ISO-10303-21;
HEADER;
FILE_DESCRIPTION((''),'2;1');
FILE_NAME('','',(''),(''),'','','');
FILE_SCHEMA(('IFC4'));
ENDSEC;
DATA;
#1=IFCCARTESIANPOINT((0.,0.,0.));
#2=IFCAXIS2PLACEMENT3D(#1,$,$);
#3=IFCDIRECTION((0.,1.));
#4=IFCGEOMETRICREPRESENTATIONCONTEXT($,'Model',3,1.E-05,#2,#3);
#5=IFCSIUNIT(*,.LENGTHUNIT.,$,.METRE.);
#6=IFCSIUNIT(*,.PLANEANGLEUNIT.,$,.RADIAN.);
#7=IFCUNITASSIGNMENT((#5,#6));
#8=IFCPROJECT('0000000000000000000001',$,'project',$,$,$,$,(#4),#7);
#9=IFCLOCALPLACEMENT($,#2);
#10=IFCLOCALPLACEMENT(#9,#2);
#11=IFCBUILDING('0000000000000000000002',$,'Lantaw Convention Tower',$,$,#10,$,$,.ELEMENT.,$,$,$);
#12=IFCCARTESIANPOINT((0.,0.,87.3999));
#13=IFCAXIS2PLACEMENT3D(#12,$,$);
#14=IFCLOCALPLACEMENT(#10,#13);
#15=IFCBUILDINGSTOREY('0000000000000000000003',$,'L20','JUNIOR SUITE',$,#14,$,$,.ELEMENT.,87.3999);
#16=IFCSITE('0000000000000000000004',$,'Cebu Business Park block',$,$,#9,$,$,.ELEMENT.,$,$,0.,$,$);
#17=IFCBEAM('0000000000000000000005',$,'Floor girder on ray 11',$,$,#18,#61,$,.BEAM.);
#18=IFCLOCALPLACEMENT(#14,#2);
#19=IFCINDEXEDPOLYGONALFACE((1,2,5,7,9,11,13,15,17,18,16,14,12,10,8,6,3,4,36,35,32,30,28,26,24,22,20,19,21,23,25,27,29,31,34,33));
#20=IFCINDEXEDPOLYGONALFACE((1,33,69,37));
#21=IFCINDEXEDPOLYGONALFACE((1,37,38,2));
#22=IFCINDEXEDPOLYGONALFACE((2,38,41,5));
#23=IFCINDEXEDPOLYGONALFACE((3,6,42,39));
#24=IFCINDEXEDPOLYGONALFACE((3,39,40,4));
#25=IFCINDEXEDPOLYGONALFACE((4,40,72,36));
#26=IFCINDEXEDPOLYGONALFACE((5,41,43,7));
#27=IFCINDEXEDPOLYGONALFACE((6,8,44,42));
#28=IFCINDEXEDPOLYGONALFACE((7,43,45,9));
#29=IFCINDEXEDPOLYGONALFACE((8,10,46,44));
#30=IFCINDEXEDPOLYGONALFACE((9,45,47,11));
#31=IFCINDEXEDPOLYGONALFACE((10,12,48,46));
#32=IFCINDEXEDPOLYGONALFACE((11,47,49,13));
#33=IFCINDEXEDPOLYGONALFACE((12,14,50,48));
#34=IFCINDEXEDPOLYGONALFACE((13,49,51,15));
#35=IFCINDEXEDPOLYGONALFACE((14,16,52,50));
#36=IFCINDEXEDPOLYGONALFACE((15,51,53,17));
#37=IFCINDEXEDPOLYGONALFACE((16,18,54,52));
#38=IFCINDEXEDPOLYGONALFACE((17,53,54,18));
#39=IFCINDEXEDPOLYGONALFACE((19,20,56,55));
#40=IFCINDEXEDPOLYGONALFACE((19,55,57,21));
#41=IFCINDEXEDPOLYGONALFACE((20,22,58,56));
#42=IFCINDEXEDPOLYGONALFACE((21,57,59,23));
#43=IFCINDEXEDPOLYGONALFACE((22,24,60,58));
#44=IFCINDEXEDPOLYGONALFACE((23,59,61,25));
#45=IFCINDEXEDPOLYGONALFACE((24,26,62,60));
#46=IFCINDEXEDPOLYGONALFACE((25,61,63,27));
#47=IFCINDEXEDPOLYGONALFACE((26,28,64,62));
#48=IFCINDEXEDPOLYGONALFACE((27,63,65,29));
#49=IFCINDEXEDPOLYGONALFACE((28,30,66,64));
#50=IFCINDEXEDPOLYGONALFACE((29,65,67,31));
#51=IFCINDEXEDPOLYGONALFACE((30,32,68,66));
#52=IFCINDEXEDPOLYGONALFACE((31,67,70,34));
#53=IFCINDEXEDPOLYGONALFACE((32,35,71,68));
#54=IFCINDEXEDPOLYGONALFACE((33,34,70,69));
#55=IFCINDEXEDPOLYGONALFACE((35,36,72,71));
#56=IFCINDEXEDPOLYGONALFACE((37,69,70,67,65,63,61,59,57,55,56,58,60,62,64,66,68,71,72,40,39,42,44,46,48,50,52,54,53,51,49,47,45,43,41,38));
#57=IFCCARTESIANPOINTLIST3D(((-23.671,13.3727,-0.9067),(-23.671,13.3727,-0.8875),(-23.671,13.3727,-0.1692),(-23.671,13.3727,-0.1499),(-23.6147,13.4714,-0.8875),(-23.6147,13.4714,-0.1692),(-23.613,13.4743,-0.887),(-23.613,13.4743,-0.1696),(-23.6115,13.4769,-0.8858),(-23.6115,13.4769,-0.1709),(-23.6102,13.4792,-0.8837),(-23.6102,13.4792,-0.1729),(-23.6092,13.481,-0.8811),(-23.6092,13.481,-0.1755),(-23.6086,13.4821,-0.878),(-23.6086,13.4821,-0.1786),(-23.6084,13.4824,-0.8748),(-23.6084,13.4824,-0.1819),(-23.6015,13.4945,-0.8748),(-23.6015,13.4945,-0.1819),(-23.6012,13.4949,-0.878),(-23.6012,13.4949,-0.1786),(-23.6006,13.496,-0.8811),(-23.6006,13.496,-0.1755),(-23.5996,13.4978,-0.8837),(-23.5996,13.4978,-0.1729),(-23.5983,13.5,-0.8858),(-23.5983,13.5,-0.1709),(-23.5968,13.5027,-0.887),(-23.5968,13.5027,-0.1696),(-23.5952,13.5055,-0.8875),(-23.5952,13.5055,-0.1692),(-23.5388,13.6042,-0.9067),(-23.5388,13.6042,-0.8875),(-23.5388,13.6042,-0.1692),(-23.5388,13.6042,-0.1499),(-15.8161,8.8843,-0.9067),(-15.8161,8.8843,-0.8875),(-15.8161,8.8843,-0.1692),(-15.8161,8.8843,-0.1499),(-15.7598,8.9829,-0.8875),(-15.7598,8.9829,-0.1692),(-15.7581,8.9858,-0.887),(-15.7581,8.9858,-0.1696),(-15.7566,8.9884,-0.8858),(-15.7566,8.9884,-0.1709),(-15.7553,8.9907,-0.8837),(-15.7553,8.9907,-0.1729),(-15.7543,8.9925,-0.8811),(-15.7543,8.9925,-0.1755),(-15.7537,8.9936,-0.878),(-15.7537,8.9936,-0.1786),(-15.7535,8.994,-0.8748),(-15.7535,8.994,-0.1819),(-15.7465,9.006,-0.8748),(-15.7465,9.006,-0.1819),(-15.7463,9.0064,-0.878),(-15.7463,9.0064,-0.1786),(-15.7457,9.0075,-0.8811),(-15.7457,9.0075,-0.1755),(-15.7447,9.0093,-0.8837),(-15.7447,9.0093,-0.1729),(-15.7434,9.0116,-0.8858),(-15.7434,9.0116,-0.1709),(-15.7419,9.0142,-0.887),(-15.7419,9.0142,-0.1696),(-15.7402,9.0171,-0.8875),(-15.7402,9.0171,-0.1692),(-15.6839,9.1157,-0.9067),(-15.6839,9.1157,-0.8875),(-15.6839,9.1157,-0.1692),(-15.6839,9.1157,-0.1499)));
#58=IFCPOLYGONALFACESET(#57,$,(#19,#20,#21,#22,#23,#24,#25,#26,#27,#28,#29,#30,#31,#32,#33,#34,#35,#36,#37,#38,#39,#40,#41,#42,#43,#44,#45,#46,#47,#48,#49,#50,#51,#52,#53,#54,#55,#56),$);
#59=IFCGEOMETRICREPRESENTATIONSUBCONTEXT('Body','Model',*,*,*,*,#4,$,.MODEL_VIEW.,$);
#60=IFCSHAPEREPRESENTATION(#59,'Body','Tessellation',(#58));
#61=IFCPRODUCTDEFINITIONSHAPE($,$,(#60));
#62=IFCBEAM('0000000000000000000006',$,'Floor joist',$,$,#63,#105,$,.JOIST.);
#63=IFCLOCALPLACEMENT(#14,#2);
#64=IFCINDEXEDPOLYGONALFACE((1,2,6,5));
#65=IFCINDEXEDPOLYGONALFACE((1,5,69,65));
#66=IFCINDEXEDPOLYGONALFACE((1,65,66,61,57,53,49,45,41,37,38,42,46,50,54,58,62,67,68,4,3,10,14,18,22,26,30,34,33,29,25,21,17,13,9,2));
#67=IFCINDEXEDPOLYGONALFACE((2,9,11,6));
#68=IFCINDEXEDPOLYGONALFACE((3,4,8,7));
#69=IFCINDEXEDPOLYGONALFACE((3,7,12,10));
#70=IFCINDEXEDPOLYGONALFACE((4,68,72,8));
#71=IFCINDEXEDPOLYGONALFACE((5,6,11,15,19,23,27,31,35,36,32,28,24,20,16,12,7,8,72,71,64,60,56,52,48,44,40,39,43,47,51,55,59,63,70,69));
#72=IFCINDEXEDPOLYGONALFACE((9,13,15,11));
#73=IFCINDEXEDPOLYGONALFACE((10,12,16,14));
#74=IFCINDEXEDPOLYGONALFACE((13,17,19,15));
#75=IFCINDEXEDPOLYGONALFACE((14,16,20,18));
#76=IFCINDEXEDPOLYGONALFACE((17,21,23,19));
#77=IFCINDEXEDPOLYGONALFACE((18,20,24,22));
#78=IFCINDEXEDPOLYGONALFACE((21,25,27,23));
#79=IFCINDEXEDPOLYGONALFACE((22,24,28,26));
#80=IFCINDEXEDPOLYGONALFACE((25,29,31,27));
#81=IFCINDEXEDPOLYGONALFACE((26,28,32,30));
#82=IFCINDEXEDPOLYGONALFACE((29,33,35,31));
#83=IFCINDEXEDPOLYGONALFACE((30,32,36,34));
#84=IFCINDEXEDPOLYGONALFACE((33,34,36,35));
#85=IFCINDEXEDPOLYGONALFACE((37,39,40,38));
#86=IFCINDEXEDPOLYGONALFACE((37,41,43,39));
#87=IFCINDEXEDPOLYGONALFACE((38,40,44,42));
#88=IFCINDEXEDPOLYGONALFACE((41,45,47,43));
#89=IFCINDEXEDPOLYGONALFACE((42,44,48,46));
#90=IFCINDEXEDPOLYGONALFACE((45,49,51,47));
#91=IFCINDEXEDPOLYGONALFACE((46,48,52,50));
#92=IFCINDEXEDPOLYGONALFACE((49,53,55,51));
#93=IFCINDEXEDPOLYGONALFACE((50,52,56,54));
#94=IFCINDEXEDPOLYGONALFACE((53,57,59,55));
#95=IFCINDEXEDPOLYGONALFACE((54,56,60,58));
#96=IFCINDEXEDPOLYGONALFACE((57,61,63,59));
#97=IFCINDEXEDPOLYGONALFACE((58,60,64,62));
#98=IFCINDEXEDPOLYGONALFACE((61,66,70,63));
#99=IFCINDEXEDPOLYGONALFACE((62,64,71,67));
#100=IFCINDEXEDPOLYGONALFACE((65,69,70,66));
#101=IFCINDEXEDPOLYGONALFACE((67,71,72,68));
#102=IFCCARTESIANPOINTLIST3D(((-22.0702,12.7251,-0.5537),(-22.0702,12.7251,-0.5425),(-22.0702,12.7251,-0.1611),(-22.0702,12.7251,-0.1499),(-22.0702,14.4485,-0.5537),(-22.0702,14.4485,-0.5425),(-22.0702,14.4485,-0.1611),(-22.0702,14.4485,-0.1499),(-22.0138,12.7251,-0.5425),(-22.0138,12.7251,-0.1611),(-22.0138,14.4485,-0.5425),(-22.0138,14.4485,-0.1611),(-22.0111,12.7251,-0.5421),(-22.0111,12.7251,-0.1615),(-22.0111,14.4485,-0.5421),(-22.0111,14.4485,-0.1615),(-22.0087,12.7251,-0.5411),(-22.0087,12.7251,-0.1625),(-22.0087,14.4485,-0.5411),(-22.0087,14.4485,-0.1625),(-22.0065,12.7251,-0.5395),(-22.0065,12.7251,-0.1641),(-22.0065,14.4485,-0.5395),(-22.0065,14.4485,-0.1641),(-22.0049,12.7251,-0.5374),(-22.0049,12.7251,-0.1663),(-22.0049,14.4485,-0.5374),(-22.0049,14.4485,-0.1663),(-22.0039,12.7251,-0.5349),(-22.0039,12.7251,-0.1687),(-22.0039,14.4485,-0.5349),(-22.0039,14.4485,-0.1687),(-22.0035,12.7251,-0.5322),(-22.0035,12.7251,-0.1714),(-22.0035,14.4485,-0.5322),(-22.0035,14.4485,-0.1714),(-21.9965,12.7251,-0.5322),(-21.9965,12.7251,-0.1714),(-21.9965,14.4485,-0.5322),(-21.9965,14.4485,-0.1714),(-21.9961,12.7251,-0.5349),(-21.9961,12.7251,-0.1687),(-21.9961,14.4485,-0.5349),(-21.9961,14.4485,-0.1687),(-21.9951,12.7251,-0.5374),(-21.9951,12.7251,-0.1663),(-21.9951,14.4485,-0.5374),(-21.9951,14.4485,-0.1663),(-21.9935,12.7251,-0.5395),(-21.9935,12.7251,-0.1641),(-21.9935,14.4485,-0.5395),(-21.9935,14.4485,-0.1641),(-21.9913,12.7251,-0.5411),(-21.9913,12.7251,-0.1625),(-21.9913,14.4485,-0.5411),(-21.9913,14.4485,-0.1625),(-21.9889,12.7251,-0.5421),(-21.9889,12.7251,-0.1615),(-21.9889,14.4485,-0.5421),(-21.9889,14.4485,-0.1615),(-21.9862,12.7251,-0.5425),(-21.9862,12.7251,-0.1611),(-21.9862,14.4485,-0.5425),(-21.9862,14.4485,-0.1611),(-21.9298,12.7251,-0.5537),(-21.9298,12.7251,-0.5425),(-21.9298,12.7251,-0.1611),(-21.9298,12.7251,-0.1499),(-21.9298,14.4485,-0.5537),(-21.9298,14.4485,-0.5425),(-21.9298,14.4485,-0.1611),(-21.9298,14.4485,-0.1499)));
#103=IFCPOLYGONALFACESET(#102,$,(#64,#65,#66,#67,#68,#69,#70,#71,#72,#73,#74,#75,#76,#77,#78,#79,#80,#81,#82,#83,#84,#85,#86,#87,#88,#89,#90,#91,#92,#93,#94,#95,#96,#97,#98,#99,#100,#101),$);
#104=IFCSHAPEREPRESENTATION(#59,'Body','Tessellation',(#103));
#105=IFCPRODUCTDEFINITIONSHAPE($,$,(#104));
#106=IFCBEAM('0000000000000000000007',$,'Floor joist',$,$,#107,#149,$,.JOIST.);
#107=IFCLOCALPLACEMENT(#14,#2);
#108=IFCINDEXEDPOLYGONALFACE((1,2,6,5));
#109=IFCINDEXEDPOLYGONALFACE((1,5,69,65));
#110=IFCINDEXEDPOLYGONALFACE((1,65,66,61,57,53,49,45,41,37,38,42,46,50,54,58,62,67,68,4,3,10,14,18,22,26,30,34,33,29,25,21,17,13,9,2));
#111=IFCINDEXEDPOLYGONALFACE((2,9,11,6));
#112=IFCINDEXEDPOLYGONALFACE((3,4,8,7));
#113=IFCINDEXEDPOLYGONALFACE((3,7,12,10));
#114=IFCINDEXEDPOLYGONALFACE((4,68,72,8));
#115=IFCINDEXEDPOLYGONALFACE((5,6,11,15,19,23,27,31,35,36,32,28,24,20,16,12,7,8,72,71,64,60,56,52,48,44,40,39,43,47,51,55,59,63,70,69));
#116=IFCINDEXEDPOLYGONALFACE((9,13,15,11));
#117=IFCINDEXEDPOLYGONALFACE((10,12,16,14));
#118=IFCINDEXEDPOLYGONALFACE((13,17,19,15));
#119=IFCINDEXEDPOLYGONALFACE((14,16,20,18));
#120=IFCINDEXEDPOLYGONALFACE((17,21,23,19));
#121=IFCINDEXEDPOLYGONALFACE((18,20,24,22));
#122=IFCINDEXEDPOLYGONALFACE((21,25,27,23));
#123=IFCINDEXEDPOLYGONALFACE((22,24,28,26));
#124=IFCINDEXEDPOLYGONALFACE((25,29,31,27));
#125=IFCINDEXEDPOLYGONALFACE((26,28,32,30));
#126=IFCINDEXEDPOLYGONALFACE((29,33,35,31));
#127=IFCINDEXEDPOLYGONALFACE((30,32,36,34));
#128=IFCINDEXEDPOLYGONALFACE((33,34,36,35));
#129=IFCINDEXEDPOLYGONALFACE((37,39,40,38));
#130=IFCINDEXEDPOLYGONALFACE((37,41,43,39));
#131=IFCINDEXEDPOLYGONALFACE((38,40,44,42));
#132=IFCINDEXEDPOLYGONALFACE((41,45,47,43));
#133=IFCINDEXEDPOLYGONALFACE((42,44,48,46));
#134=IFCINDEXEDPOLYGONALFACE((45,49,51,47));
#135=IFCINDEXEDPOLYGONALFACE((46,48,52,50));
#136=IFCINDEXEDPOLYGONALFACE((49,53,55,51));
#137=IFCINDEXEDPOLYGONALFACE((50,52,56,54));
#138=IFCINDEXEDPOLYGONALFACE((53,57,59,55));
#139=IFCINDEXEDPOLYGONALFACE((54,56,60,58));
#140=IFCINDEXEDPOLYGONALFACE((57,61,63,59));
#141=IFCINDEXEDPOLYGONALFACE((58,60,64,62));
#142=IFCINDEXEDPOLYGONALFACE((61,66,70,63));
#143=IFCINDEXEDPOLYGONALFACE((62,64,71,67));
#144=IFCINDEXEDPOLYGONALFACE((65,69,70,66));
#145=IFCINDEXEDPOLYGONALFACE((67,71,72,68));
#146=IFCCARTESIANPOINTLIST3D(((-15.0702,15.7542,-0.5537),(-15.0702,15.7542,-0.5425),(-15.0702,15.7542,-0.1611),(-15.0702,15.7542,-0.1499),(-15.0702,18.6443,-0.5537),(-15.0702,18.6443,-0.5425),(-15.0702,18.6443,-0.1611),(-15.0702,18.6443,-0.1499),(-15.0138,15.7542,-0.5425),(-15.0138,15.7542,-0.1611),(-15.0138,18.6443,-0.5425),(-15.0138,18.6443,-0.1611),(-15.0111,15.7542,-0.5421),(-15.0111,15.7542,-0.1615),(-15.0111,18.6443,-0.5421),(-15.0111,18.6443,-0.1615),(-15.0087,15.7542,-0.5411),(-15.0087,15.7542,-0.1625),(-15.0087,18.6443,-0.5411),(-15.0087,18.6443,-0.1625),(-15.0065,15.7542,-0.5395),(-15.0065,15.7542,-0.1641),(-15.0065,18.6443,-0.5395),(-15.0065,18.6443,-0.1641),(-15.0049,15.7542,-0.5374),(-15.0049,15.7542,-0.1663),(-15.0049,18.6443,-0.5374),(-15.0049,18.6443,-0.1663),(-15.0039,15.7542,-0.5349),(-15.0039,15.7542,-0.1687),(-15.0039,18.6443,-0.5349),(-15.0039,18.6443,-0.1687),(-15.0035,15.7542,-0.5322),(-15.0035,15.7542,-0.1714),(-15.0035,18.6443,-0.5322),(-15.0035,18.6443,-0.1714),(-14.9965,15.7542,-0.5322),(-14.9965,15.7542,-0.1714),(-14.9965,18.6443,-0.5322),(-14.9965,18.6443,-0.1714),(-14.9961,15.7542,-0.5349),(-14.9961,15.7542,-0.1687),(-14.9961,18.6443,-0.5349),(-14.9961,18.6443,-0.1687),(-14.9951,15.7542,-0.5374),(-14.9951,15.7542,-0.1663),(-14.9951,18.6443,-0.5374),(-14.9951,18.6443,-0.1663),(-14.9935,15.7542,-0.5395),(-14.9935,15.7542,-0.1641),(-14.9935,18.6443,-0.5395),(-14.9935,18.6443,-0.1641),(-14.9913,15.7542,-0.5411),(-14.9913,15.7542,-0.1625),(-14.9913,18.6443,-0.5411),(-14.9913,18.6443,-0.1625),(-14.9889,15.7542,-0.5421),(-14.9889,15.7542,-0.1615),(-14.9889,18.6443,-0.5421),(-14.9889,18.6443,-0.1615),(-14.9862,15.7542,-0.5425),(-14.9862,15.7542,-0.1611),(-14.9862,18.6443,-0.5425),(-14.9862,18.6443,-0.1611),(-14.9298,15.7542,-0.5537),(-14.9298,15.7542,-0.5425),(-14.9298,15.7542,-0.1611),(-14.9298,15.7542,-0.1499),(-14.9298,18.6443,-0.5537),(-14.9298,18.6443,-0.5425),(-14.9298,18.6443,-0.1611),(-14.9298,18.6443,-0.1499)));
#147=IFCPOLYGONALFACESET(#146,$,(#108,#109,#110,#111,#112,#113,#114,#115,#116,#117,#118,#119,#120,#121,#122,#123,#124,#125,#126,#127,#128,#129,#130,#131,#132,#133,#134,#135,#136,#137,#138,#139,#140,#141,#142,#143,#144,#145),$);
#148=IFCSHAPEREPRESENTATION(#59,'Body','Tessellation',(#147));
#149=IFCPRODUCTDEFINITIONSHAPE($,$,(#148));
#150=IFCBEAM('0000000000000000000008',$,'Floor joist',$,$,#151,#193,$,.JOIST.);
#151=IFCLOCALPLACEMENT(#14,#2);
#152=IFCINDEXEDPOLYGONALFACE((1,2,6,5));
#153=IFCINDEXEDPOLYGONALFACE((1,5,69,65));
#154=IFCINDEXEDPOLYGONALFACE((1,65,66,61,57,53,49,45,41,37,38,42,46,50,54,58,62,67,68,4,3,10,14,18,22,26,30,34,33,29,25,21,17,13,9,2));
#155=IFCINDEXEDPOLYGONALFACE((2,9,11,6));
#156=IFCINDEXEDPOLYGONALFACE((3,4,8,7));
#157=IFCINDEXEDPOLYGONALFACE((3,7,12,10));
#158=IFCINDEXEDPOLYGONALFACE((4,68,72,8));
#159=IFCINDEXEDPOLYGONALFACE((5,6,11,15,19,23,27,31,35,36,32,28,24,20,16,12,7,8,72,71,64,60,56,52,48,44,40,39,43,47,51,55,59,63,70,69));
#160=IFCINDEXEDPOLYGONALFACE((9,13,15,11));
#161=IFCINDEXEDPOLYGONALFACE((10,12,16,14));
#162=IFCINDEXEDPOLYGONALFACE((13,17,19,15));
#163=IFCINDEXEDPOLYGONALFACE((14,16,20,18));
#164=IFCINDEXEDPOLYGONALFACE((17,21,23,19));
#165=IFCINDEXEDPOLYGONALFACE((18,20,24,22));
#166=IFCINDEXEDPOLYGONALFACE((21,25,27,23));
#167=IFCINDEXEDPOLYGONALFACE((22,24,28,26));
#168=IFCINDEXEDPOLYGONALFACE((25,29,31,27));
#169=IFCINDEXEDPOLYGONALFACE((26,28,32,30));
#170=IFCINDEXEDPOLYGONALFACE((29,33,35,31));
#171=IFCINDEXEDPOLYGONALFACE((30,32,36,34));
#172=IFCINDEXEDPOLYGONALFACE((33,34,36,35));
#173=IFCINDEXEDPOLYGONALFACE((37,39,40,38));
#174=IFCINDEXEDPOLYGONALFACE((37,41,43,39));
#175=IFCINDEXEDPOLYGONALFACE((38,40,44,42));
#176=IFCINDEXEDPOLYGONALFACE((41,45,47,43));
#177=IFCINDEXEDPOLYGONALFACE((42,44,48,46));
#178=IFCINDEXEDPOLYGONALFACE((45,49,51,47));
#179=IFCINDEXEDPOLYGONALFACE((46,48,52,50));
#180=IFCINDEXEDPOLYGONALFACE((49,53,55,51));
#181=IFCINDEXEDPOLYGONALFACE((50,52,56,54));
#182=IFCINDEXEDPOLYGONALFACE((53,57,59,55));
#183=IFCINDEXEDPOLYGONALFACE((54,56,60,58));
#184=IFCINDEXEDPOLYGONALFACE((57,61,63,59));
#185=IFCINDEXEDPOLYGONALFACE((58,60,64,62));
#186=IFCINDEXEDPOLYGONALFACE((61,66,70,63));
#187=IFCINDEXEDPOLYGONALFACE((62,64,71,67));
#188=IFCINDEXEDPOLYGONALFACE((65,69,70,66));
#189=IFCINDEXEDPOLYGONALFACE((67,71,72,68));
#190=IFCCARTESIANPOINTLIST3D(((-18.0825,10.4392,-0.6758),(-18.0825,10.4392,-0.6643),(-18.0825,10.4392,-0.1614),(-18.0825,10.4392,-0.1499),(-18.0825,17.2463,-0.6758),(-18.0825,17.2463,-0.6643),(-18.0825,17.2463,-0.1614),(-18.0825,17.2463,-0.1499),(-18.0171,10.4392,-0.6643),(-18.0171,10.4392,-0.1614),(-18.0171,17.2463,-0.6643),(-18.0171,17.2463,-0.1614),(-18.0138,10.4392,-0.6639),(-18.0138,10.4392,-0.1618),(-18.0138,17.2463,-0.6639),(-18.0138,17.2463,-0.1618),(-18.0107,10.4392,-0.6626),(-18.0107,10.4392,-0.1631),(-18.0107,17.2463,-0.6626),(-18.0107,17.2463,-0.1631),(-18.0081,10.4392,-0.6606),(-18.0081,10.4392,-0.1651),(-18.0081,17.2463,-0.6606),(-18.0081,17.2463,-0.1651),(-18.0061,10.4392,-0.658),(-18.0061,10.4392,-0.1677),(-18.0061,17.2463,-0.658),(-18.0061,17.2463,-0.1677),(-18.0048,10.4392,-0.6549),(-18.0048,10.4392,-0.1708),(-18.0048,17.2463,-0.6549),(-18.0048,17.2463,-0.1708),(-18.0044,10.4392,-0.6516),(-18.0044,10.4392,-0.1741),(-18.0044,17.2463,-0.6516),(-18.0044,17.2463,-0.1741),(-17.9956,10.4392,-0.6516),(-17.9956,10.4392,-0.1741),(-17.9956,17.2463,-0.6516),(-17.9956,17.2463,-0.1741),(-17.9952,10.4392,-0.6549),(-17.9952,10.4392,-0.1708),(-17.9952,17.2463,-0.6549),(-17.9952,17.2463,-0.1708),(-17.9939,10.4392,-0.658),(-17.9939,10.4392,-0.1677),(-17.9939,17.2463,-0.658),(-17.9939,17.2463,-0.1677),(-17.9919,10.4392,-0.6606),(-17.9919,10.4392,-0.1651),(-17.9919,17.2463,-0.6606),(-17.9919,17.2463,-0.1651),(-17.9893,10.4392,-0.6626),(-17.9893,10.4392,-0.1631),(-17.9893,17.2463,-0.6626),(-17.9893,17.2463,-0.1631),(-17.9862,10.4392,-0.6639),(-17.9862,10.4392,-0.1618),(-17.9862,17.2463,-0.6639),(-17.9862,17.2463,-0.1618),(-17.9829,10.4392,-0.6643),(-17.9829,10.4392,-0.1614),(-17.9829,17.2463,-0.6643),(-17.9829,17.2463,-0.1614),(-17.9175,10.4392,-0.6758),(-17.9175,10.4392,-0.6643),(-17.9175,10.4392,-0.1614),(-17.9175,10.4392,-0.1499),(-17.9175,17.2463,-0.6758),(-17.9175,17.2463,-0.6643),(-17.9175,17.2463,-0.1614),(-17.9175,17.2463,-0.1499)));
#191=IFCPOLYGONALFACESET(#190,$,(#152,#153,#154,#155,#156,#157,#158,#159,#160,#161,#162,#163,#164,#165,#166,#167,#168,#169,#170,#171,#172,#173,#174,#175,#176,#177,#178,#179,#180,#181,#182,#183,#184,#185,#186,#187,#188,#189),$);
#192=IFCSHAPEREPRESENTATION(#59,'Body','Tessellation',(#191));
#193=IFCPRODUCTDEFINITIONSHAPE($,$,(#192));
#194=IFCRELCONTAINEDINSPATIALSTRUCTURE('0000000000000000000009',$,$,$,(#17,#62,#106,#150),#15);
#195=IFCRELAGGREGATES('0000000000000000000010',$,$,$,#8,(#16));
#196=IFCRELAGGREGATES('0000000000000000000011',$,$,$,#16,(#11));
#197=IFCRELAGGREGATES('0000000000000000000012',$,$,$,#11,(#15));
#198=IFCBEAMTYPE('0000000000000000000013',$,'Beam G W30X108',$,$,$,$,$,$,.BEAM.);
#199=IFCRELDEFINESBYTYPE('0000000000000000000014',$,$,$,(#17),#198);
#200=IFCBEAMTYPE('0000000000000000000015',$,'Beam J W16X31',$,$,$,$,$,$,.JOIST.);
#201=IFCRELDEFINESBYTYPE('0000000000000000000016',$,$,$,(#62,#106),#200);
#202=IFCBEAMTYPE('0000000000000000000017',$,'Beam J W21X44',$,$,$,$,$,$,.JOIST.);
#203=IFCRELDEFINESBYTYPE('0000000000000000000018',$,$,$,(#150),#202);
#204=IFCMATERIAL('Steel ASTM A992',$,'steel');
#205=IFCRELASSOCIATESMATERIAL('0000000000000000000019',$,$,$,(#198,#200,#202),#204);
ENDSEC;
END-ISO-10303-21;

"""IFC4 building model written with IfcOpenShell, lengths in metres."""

from ifc_helpers import new_model, si_unit, direction, frame, origin, origin_2d, place, context, subcontext, project, spatial, i_section, extrude, material, material_profile, profile_set, type_object, element, save


model = new_model("IFC4")

# Units and contexts
model_context = context("Model", 3, precision=1e-05, world=origin(), true_north=direction((0.0, 1.0)))
body_context = subcontext(model_context, "Body", "Model", "MODEL_VIEW")
ifc_project = project(units=[si_unit("LENGTHUNIT", "METRE"), si_unit("PLANEANGLEUNIT", "RADIAN")], contexts=[model_context])

# Site, building, storey
site_placement = place(None, origin())
site = spatial("IfcSite", under=ifc_project, at=site_placement, Name="Cebu Business Park block", CompositionType="ELEMENT", RefElevation=0.0)
building_placement = place(site_placement, origin())
building = spatial("IfcBuilding", under=site, at=building_placement, Name="Lantaw Convention Tower", CompositionType="ELEMENT")
storey_placement = place(building_placement, frame((0.0, 0.0, 87.3999)))
storey = spatial("IfcBuildingStorey", under=building, at=storey_placement, Name="L20", Description="JUNIOR SUITE", CompositionType="ELEMENT", Elevation=87.3999)

# Beams
ifc_material_1 = material(Name="Steel ASTM A992", Category="steel")
ifc_material_profile_1 = material_profile(ifc_material_1, i_section(OverallWidth=0.2666, OverallDepth=0.7568, WebThickness=0.0139, FlangeThickness=0.0193, FilletRadius=0.0127, at=origin_2d()), Name="W30X108")
ifc_profile_set_1 = profile_set([ifc_material_profile_1], Name="Steel ASTM A992")
beam_type_1 = type_object("IfcBeamType", Name="Beam G W30X108", PredefinedType="BEAM", material=ifc_profile_set_1)
beam_1_placement = place(storey_placement, frame((-15.75, 9.0, -0.5283), z_axis=(-0.868245, 0.496136, 0.0), x_axis=(-0.496136, -0.868245, 0.0)))
element("IfcBeam", 1, at=beam_1_placement, inside=storey, type_object=beam_type_1, Name="Floor girder on ray 11", PredefinedType="BEAM", context=body_context, shape_type="SweptSolid", body=[
    extrude(i_section(OverallWidth=0.2666, OverallDepth=0.7568, WebThickness=0.0139, FlangeThickness=0.0193, FilletRadius=0.0127, at=origin_2d()), origin(), (0.0, 0.0, 1.0), 9.0469),
])
ifc_material_profile_2 = material_profile(ifc_material_1, i_section(OverallWidth=0.1404, OverallDepth=0.4038, WebThickness=0.0071, FlangeThickness=0.0112, FilletRadius=0.0103, at=origin_2d()), Name="W16X31")
ifc_profile_set_2 = profile_set([ifc_material_profile_2], Name="Steel ASTM A992")
beam_type_2 = type_object("IfcBeamType", Name="Beam J W16X31", PredefinedType="JOIST", material=ifc_profile_set_2)
beam_2_placement = place(storey_placement, frame((-22.0, 12.7251, -0.3518), z_axis=(0.0, 1.0, 0.0), x_axis=(-1.0, 0.0, 0.0)))
element("IfcBeam", 2, at=beam_2_placement, inside=storey, type_object=beam_type_2, Name="Floor joist", PredefinedType="JOIST", context=body_context, shape_type="SweptSolid", body=[
    extrude(i_section(OverallWidth=0.1404, OverallDepth=0.4038, WebThickness=0.0071, FlangeThickness=0.0112, FilletRadius=0.0103, at=origin_2d()), origin(), (0.0, 0.0, 1.0), 1.7234),
])
beam_3_placement = place(storey_placement, frame((-15.0, 15.7542, -0.3518), z_axis=(0.0, 1.0, 0.0), x_axis=(-1.0, 0.0, 0.0)))
element("IfcBeam", 3, at=beam_3_placement, inside=storey, type_object=beam_type_2, Name="Floor joist", PredefinedType="JOIST", context=body_context, shape_type="SweptSolid", body=[
    extrude(i_section(OverallWidth=0.1404, OverallDepth=0.4038, WebThickness=0.0071, FlangeThickness=0.0112, FilletRadius=0.0103, at=origin_2d()), origin(), (0.0, 0.0, 1.0), 2.8901),
])
ifc_material_profile_3 = material_profile(ifc_material_1, i_section(OverallWidth=0.165, OverallDepth=0.5259, WebThickness=0.0088, FlangeThickness=0.0115, FilletRadius=0.0127, at=origin_2d()), Name="W21X44")
ifc_profile_set_3 = profile_set([ifc_material_profile_3], Name="Steel ASTM A992")
beam_type_3 = type_object("IfcBeamType", Name="Beam J W21X44", PredefinedType="JOIST", material=ifc_profile_set_3)
beam_4_placement = place(storey_placement, frame((-18.0, 10.4392, -0.4128), z_axis=(0.0, 1.0, 0.0), x_axis=(-1.0, 0.0, 0.0)))
element("IfcBeam", 4, at=beam_4_placement, inside=storey, type_object=beam_type_3, Name="Floor joist", PredefinedType="JOIST", context=body_context, shape_type="SweptSolid", body=[
    extrude(i_section(OverallWidth=0.165, OverallDepth=0.5259, WebThickness=0.0088, FlangeThickness=0.0115, FilletRadius=0.0127, at=origin_2d()), origin(), (0.0, 0.0, 1.0), 6.8071),
])

save(model, "model.ifc")
